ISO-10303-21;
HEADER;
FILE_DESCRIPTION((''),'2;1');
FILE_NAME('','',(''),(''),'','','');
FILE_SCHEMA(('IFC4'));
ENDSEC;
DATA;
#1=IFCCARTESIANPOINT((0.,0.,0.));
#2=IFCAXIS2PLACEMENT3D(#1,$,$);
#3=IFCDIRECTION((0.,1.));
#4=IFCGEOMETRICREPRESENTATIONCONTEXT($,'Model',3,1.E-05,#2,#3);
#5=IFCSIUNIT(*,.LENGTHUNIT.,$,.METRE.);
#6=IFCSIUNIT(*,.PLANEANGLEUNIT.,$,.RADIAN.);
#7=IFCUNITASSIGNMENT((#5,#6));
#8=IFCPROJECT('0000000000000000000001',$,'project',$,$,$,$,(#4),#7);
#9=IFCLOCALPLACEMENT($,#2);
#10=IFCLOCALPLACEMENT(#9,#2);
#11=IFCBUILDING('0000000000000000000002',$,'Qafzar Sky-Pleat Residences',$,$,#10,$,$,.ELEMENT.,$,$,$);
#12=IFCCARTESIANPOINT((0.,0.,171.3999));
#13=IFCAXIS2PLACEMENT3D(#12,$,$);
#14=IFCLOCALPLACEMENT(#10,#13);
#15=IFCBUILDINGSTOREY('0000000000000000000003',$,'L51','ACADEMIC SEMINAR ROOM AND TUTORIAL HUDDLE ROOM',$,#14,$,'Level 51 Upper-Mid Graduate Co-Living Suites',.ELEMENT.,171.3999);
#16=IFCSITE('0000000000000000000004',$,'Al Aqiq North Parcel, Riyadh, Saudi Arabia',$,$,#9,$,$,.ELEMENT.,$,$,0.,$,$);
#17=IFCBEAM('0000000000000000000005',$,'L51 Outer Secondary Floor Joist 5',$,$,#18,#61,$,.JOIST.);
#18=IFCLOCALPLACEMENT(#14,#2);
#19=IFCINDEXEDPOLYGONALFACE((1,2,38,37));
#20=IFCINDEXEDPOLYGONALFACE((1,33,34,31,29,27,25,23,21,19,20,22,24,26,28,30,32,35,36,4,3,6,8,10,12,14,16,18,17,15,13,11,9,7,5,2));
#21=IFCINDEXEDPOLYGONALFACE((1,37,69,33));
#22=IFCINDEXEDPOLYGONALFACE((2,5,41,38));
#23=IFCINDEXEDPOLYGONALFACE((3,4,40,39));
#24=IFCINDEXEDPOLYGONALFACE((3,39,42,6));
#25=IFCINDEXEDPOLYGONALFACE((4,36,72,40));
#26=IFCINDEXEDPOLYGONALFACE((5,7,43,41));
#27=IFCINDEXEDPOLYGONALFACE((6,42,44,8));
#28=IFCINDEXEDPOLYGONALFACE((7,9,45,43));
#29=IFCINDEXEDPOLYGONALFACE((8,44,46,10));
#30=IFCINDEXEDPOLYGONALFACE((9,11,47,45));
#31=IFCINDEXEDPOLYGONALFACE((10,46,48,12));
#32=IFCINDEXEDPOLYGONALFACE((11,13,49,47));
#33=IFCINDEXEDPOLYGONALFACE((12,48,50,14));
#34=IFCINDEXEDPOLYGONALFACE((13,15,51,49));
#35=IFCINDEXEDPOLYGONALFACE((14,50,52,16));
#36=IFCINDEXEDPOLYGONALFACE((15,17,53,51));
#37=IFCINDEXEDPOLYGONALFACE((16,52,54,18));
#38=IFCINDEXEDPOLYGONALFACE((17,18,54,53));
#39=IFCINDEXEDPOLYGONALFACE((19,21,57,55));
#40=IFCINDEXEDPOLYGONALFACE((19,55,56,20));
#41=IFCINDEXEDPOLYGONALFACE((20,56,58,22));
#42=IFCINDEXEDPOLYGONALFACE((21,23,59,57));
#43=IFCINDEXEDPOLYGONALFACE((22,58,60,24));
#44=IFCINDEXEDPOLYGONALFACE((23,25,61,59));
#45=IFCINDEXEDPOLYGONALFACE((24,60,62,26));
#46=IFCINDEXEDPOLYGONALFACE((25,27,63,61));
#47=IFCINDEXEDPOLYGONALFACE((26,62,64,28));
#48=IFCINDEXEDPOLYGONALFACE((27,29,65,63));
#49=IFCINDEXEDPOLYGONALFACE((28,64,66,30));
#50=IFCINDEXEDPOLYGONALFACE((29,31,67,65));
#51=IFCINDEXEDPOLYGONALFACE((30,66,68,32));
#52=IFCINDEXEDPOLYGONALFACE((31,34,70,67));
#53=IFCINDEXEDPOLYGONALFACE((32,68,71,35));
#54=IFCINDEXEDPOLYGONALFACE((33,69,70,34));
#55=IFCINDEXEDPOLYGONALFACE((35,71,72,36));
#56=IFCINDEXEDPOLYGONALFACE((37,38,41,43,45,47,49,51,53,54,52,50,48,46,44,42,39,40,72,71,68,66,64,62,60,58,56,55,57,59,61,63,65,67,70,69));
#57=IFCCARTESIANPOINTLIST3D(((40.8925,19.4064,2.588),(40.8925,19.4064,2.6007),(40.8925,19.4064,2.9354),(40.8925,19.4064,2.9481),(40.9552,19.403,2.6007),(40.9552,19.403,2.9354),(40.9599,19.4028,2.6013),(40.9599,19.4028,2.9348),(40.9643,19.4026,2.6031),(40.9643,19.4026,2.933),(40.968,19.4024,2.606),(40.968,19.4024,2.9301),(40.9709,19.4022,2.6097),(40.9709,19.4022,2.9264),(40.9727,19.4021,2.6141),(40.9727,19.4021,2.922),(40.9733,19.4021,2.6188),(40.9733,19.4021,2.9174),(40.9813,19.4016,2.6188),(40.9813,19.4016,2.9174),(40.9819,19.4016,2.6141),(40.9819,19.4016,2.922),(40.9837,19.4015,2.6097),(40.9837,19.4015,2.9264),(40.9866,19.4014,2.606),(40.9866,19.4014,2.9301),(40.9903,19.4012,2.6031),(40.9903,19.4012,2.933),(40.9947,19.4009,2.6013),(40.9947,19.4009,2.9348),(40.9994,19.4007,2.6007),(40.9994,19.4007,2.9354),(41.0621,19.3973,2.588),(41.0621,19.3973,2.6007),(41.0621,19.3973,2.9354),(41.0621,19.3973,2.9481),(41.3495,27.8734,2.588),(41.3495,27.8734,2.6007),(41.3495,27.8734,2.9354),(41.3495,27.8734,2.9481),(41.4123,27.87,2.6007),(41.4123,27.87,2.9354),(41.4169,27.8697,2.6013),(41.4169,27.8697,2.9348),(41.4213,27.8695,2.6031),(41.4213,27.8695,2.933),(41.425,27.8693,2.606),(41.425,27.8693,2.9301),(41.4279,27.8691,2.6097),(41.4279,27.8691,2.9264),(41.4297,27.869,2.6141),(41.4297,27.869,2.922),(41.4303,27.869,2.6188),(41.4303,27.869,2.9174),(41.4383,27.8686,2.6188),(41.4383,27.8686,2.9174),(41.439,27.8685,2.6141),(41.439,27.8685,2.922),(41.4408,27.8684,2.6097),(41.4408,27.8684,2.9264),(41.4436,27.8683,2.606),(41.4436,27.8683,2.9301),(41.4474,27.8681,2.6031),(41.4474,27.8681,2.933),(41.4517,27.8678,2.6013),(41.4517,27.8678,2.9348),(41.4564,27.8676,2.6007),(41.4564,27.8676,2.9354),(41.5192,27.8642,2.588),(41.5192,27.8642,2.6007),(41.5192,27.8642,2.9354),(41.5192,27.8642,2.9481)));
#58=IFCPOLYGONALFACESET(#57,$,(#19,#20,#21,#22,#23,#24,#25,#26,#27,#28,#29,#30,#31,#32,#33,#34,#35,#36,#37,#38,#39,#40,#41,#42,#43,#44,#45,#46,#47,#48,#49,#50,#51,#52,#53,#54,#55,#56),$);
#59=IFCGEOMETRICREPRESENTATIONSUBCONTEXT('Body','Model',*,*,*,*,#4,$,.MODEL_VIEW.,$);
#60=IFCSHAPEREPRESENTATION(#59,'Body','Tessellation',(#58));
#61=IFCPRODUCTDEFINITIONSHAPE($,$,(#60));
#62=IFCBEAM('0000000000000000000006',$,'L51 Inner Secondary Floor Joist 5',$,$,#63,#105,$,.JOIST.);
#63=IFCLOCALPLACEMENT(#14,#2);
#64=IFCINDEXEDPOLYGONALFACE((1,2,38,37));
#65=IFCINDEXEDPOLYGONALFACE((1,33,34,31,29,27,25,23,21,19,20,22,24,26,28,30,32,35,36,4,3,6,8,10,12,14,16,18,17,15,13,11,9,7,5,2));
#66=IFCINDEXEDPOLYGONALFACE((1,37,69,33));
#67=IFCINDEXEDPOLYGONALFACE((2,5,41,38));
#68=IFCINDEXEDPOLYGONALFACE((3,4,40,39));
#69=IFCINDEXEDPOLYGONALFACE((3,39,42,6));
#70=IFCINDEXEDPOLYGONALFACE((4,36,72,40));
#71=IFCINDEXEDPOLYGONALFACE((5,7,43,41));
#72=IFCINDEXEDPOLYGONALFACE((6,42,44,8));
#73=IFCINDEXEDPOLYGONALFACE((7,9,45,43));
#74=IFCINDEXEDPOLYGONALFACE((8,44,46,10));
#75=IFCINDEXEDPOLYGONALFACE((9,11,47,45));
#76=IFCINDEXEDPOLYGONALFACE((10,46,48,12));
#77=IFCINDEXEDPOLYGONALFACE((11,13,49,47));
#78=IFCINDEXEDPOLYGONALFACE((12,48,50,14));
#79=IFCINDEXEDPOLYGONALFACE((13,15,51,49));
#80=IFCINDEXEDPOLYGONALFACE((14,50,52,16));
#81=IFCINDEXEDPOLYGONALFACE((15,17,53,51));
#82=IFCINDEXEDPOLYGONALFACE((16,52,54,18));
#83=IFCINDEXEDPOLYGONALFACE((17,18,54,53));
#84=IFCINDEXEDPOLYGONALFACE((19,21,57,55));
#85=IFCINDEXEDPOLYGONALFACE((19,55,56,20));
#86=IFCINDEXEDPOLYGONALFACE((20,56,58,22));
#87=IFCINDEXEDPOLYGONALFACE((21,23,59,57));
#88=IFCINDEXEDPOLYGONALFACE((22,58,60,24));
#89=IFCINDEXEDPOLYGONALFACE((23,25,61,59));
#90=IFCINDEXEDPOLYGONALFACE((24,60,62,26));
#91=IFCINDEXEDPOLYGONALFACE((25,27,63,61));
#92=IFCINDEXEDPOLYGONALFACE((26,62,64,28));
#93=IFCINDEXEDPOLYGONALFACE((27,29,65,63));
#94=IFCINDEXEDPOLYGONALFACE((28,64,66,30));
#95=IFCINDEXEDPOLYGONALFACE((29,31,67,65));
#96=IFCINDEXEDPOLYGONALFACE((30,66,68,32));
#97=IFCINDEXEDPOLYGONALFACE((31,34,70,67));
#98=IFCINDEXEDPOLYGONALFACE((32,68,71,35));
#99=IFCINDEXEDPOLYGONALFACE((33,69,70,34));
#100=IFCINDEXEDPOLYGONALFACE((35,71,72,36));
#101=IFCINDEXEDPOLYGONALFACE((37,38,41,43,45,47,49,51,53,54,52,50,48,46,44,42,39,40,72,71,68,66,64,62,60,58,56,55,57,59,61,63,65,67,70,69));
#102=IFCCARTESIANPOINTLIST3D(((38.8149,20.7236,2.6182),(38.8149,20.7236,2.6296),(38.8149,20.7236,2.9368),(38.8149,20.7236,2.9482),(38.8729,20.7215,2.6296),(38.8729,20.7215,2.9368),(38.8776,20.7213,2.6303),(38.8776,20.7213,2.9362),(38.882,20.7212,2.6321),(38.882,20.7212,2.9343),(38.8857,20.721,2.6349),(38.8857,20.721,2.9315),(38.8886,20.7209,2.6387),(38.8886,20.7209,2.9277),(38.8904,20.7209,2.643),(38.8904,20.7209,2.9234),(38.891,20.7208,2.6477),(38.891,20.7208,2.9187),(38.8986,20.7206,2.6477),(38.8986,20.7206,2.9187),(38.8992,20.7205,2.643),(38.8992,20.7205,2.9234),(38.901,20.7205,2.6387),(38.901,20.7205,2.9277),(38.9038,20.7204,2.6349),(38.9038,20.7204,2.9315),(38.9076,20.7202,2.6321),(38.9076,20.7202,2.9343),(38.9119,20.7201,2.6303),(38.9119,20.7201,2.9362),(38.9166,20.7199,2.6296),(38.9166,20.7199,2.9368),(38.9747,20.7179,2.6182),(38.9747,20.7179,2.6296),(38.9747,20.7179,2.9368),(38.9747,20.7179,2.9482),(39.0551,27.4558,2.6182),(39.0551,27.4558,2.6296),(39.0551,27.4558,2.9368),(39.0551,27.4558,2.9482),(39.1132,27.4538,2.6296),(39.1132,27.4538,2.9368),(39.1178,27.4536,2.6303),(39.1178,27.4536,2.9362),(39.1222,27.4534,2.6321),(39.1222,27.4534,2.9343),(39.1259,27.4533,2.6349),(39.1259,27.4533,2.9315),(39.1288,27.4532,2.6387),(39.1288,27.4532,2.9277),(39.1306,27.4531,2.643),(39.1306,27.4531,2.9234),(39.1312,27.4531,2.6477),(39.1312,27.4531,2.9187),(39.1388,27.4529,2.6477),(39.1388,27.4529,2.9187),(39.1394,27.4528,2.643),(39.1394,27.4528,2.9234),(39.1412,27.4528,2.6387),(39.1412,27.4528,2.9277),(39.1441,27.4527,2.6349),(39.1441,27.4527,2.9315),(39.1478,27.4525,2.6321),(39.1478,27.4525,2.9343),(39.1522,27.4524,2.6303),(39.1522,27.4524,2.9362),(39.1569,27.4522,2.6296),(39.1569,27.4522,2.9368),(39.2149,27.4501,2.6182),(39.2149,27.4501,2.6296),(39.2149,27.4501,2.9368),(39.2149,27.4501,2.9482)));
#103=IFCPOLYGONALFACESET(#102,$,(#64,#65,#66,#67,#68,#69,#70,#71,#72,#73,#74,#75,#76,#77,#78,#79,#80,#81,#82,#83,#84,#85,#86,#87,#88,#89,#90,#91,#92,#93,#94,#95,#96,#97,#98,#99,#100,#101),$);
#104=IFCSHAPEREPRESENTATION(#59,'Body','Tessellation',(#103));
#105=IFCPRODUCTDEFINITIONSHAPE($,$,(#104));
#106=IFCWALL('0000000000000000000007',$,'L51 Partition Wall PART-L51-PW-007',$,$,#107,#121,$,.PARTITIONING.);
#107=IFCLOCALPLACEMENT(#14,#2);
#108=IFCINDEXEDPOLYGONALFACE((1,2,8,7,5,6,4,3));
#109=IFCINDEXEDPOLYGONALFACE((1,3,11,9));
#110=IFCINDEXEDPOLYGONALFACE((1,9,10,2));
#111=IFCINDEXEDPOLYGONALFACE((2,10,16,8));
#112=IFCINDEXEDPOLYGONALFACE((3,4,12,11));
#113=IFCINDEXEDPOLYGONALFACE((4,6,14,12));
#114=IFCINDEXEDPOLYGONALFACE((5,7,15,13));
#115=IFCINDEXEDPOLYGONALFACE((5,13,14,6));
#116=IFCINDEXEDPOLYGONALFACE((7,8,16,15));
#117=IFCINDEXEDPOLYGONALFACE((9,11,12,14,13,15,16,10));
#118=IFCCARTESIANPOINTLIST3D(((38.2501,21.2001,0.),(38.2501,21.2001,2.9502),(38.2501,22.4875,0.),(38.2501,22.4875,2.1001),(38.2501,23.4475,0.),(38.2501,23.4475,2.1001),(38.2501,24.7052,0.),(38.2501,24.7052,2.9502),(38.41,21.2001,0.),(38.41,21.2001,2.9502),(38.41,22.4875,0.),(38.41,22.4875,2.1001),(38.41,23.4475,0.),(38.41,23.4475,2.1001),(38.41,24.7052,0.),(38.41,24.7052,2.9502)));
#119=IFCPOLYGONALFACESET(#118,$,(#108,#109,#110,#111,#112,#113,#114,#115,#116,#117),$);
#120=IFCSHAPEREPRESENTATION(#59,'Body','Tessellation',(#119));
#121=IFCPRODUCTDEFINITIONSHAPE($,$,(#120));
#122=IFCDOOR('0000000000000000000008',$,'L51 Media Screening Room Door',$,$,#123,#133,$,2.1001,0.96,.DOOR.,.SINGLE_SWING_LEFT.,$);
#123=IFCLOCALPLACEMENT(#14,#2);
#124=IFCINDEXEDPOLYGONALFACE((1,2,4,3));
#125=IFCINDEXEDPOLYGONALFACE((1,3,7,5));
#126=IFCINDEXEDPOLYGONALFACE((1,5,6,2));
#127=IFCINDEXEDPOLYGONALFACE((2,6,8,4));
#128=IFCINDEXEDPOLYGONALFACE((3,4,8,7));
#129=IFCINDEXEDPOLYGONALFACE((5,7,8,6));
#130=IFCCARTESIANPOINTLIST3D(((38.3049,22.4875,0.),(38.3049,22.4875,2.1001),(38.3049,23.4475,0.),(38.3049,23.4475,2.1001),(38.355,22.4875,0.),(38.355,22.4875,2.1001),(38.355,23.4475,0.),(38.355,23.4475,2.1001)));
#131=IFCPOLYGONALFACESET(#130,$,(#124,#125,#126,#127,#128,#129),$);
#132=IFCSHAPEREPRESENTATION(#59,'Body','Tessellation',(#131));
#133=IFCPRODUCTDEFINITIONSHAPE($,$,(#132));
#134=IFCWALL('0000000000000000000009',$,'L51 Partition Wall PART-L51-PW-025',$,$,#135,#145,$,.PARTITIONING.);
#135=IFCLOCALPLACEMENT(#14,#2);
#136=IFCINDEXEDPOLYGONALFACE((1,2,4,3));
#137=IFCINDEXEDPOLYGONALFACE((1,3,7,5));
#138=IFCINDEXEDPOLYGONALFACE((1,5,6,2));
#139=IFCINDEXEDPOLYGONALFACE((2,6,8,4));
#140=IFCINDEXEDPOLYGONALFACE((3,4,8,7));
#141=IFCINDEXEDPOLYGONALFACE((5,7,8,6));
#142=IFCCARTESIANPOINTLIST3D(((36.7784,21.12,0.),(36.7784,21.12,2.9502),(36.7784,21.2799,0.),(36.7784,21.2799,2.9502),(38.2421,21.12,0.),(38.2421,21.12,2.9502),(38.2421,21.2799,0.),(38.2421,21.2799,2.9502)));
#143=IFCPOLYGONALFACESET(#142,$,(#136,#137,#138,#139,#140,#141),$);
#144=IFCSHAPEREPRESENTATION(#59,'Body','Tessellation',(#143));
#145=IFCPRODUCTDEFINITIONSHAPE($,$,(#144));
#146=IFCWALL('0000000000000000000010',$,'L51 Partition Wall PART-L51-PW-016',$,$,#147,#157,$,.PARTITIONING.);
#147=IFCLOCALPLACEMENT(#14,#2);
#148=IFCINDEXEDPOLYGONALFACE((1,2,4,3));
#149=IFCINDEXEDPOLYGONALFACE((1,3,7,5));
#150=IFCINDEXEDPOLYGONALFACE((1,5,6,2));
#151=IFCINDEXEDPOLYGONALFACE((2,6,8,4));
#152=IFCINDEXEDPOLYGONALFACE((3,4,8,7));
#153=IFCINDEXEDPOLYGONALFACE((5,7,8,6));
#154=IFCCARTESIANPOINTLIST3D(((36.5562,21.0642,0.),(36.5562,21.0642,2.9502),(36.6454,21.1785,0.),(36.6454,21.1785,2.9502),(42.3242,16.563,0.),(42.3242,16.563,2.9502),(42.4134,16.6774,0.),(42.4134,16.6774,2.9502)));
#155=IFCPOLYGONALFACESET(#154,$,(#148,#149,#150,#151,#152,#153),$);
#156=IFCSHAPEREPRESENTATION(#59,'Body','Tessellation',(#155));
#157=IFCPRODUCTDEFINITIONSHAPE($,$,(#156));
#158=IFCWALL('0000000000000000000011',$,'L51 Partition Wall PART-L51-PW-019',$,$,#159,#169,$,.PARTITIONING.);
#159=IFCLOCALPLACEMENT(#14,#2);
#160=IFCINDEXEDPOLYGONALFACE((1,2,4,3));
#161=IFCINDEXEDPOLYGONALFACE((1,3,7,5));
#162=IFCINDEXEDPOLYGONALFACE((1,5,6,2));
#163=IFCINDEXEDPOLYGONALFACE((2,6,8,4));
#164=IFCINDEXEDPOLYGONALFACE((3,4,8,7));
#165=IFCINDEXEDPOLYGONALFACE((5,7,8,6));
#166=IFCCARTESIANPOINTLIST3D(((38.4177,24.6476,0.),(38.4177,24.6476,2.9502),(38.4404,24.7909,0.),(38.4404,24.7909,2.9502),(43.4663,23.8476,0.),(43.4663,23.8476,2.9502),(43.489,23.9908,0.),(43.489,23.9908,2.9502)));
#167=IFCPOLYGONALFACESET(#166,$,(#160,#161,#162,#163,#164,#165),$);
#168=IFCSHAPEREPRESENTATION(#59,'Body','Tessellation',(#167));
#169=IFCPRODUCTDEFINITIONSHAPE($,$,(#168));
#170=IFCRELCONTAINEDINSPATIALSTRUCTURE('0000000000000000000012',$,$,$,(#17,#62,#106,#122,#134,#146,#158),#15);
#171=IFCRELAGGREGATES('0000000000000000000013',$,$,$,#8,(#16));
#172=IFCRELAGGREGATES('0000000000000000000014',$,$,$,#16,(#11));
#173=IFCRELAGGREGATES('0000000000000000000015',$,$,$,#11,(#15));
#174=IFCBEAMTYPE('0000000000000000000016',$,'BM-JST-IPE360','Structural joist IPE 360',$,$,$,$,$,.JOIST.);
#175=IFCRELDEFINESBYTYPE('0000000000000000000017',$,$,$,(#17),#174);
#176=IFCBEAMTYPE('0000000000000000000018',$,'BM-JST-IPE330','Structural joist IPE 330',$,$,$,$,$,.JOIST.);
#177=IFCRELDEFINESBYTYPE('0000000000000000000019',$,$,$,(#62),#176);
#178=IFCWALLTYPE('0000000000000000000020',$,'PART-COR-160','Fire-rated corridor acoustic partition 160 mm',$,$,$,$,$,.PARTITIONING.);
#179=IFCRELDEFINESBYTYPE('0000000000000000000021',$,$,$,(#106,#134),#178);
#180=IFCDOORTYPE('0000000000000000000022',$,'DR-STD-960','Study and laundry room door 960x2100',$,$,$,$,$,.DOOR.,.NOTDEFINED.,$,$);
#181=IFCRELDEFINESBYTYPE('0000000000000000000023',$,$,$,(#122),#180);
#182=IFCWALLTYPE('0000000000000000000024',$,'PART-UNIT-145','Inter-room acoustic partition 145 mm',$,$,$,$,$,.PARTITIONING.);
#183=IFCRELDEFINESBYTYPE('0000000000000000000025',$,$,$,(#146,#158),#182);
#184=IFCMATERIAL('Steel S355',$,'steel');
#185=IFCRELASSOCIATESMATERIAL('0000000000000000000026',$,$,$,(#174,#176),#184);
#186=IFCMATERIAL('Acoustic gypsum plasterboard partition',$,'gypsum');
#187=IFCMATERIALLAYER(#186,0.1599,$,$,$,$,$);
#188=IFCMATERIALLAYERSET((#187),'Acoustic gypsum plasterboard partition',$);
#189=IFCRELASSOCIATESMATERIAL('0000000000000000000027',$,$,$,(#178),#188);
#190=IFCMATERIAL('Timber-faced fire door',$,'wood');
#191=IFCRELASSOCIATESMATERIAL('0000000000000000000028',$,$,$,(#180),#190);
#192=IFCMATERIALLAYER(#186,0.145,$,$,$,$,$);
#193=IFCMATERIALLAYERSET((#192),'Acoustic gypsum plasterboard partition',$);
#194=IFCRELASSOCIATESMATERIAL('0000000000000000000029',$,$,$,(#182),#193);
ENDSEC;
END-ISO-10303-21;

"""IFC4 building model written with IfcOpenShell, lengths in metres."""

from ifc_helpers import new_model, si_unit, direction, frame, frame_2d, origin, origin_2d, place, context, subcontext, project, spatial, rectangle, i_section, extrude, source, transform, mapped, material, layer, layer_set, material_profile, profile_set, type_object, element, fill, save


model = new_model("IFC4")

# Units and contexts
model_context = context("Model", 3, precision=1e-05, world=origin(), true_north=direction((0.0, 1.0)))
body_context = subcontext(model_context, "Body", "Model", "MODEL_VIEW")
ifc_project = project(units=[si_unit("LENGTHUNIT", "METRE"), si_unit("PLANEANGLEUNIT", "RADIAN")], contexts=[model_context])

# Site, building, storey
site_placement = place(None, origin())
site = spatial("IfcSite", under=ifc_project, at=site_placement, Name="Al Aqiq North Parcel, Riyadh, Saudi Arabia", CompositionType="ELEMENT", RefElevation=0.0)
building_placement = place(site_placement, origin())
building = spatial("IfcBuilding", under=site, at=building_placement, Name="Qafzar Sky-Pleat Residences", CompositionType="ELEMENT")
storey_placement = place(building_placement, frame((0.0, 0.0, 171.3999)))
storey = spatial("IfcBuildingStorey", under=building, at=storey_placement, Name="L51", Description="ACADEMIC SEMINAR ROOM AND TUTORIAL HUDDLE ROOM", LongName="Level 51 Upper-Mid Graduate Co-Living Suites", CompositionType="ELEMENT", Elevation=171.3999)

# Shared definitions
ifc_material_1 = material(Name="Steel S355", Category="steel")

# Beams
ifc_material_profile_1 = material_profile(ifc_material_1, i_section(OverallWidth=0.1699, OverallDepth=0.3601, WebThickness=0.0081, FlangeThickness=0.0127, FilletRadius=0.0181, at=origin_2d()), Name="IPE 360")
ifc_profile_set_1 = profile_set([ifc_material_profile_1], Name="Steel S355")
beam_type_1 = type_object("IfcBeamType", Name="BM-JST-IPE360", Description="Structural joist IPE 360", PredefinedType="JOIST", material=ifc_profile_set_1)
shared_shape_1 = source(origin(), body_context, "Body", "SweptSolid", [
    extrude(i_section(OverallWidth=0.1699, OverallDepth=0.3601, WebThickness=0.0081, FlangeThickness=0.0127, FilletRadius=0.0181, at=origin_2d()), origin(), (0.0, 0.0, 1.0), 8.4792),
])
beam_1_placement = place(storey_placement, frame((40.9773, 19.4019, 2.7681), z_axis=(0.053899, 0.998546, 0.0), x_axis=(-0.998546, 0.053899, 0.0)))
element("IfcBeam", 1, at=beam_1_placement, inside=storey, type_object=beam_type_1, Name="L51 Outer Secondary Floor Joist 5", PredefinedType="JOIST", context=body_context, shape_type="MappedRepresentation", body=[
    mapped(shared_shape_1, transform((0.0, 0.0, 0.0), x_axis=(1.0, 0.0, 0.0), y_axis=(0.0, 1.0, 0.0), z_axis=(0.0, 0.0, 1.0), scale=1.0)),
])
ifc_material_profile_2 = material_profile(ifc_material_1, i_section(OverallWidth=0.1599, OverallDepth=0.3301, WebThickness=0.0076, FlangeThickness=0.0115, FilletRadius=0.0181, at=origin_2d()), Name="IPE 330")
ifc_profile_set_2 = profile_set([ifc_material_profile_2], Name="Steel S355")
beam_type_2 = type_object("IfcBeamType", Name="BM-JST-IPE330", Description="Structural joist IPE 330", PredefinedType="JOIST", material=ifc_profile_set_2)
shared_shape_2 = source(origin(), body_context, "Body", "SweptSolid", [
    extrude(i_section(OverallWidth=0.1599, OverallDepth=0.3301, WebThickness=0.0076, FlangeThickness=0.0115, FilletRadius=0.0181, at=origin_2d()), origin(), (0.0, 0.0, 1.0), 6.7366),
])
beam_2_placement = place(storey_placement, frame((38.8948, 20.7207, 2.7832), z_axis=(0.035662, 0.999364, 0.0), x_axis=(-0.999364, 0.035662, 0.0)))
element("IfcBeam", 2, at=beam_2_placement, inside=storey, type_object=beam_type_2, Name="L51 Inner Secondary Floor Joist 5", PredefinedType="JOIST", context=body_context, shape_type="MappedRepresentation", body=[
    mapped(shared_shape_2, transform((0.0, 0.0, 0.0), x_axis=(1.0, 0.0, 0.0), y_axis=(0.0, 1.0, 0.0), z_axis=(0.0, 0.0, 1.0), scale=1.0)),
])

# Wall, opening, door
ifc_material_2 = material(Name="Acoustic gypsum plasterboard partition", Category="gypsum")
ifc_layer_1 = layer(ifc_material_2, 0.1599)
ifc_layer_set_1 = layer_set([ifc_layer_1], Name="Acoustic gypsum plasterboard partition")
wall_type_1 = type_object("IfcWallType", Name="PART-COR-160", Description="Fire-rated corridor acoustic partition 160 mm", PredefinedType="PARTITIONING", material=ifc_layer_set_1)
wall_1_placement = place(storey_placement, frame((38.3301, 24.7051, 0.0), z_axis=(0.0, 0.0, 1.0), x_axis=(0.0, -1.0, 0.0)))
wall_1 = element("IfcWall", 3, at=wall_1_placement, inside=storey, type_object=wall_type_1, Name="L51 Partition Wall PART-L51-PW-007", PredefinedType="PARTITIONING", context=body_context, shape_type="SweptSolid", body=[
    extrude(rectangle(XDim=3.5051, YDim=0.1599, at=frame_2d((1.7524, 0.0))), origin(), (0.0, 0.0, 1.0), 2.9502),
])
opening_1_placement = place(wall_1_placement, frame((1.2576, 0.0, 0.0)))
opening_1 = element("IfcOpeningElement", 4, at=opening_1_placement, cuts=wall_1, PredefinedType="OPENING", context=body_context, shape_type="SweptSolid", body=[
    extrude(rectangle(XDim=0.96, YDim=2.1001, at=frame_2d((0.48, 1.05))), frame((0.0, 0.0898, 0.0), z_axis=(0.0, -1.0, 0.0), x_axis=(1.0, 0.0, 0.0)), (0.0, 0.0, 1.0), 0.1799),
])
ifc_material_3 = material(Name="Timber-faced fire door", Category="wood")
door_type_1 = type_object("IfcDoorType", Name="DR-STD-960", Description="Study and laundry room door 960x2100", OperationType="NOTDEFINED", PredefinedType="DOOR", material=ifc_material_3)
shared_shape_3 = source(origin(), body_context, "Body", "SweptSolid", [
    extrude(rectangle(XDim=0.96, YDim=2.1001, at=frame_2d((0.48, 1.05))), frame((0.0, 0.0249, 0.0), z_axis=(0.0, -1.0, 0.0), x_axis=(1.0, 0.0, 0.0)), (0.0, 0.0, 1.0), 0.05),
])
door_1_placement = place(opening_1_placement, origin())
door_1 = element("IfcDoor", 5, at=door_1_placement, inside=storey, type_object=door_type_1, Name="L51 Media Screening Room Door", OperationType="SINGLE_SWING_LEFT", OverallHeight=2.1001, OverallWidth=0.96, PredefinedType="DOOR", context=body_context, shape_type="MappedRepresentation", body=[
    mapped(shared_shape_3, transform((0.0, 0.0, 0.0), x_axis=(1.0, 0.0, 0.0), y_axis=(0.0, 1.0, 0.0), z_axis=(0.0, 0.0, 1.0), scale=1.0)),
])
fill(opening_1, door_1)

# Walls
wall_2_placement = place(storey_placement, frame((36.7783, 21.2, 0.0), z_axis=(0.0, 0.0, 1.0), x_axis=(1.0, 0.0, 0.0)))
element("IfcWall", 6, at=wall_2_placement, inside=storey, type_object=wall_type_1, Name="L51 Partition Wall PART-L51-PW-025", PredefinedType="PARTITIONING", context=body_context, shape_type="SweptSolid", body=[
    extrude(rectangle(XDim=1.4636, YDim=0.1599, at=frame_2d((0.7319, 0.0))), origin(), (0.0, 0.0, 1.0), 2.9502),
])
ifc_layer_2 = layer(ifc_material_2, 0.145)
ifc_layer_set_2 = layer_set([ifc_layer_2], Name="Acoustic gypsum plasterboard partition")
wall_type_2 = type_object("IfcWallType", Name="PART-UNIT-145", Description="Inter-room acoustic partition 145 mm", PredefinedType="PARTITIONING", material=ifc_layer_set_2)
wall_3_placement = place(storey_placement, frame((36.6008, 21.1213, 0.0), z_axis=(0.0, 0.0, 1.0), x_axis=(0.788361, -0.615213, 0.0)))
element("IfcWall", 7, at=wall_3_placement, inside=storey, type_object=wall_type_2, Name="L51 Partition Wall PART-L51-PW-016", PredefinedType="PARTITIONING", context=body_context, shape_type="SweptSolid", body=[
    extrude(rectangle(XDim=7.3164, YDim=0.145, at=frame_2d((3.6582, 0.0))), origin(), (0.0, 0.0, 1.0), 2.9502),
])
wall_4_placement = place(storey_placement, frame((38.4292, 24.7192, 0.0), z_axis=(0.0, 0.0, 1.0), x_axis=(0.987675, -0.156517, 0.0)))
element("IfcWall", 8, at=wall_4_placement, inside=storey, type_object=wall_type_2, Name="L51 Partition Wall PART-L51-PW-019", PredefinedType="PARTITIONING", context=body_context, shape_type="SweptSolid", body=[
    extrude(rectangle(XDim=5.1116, YDim=0.145, at=frame_2d((2.5557, 0.0))), origin(), (0.0, 0.0, 1.0), 2.9502),
])

save(model, "model.ifc")
